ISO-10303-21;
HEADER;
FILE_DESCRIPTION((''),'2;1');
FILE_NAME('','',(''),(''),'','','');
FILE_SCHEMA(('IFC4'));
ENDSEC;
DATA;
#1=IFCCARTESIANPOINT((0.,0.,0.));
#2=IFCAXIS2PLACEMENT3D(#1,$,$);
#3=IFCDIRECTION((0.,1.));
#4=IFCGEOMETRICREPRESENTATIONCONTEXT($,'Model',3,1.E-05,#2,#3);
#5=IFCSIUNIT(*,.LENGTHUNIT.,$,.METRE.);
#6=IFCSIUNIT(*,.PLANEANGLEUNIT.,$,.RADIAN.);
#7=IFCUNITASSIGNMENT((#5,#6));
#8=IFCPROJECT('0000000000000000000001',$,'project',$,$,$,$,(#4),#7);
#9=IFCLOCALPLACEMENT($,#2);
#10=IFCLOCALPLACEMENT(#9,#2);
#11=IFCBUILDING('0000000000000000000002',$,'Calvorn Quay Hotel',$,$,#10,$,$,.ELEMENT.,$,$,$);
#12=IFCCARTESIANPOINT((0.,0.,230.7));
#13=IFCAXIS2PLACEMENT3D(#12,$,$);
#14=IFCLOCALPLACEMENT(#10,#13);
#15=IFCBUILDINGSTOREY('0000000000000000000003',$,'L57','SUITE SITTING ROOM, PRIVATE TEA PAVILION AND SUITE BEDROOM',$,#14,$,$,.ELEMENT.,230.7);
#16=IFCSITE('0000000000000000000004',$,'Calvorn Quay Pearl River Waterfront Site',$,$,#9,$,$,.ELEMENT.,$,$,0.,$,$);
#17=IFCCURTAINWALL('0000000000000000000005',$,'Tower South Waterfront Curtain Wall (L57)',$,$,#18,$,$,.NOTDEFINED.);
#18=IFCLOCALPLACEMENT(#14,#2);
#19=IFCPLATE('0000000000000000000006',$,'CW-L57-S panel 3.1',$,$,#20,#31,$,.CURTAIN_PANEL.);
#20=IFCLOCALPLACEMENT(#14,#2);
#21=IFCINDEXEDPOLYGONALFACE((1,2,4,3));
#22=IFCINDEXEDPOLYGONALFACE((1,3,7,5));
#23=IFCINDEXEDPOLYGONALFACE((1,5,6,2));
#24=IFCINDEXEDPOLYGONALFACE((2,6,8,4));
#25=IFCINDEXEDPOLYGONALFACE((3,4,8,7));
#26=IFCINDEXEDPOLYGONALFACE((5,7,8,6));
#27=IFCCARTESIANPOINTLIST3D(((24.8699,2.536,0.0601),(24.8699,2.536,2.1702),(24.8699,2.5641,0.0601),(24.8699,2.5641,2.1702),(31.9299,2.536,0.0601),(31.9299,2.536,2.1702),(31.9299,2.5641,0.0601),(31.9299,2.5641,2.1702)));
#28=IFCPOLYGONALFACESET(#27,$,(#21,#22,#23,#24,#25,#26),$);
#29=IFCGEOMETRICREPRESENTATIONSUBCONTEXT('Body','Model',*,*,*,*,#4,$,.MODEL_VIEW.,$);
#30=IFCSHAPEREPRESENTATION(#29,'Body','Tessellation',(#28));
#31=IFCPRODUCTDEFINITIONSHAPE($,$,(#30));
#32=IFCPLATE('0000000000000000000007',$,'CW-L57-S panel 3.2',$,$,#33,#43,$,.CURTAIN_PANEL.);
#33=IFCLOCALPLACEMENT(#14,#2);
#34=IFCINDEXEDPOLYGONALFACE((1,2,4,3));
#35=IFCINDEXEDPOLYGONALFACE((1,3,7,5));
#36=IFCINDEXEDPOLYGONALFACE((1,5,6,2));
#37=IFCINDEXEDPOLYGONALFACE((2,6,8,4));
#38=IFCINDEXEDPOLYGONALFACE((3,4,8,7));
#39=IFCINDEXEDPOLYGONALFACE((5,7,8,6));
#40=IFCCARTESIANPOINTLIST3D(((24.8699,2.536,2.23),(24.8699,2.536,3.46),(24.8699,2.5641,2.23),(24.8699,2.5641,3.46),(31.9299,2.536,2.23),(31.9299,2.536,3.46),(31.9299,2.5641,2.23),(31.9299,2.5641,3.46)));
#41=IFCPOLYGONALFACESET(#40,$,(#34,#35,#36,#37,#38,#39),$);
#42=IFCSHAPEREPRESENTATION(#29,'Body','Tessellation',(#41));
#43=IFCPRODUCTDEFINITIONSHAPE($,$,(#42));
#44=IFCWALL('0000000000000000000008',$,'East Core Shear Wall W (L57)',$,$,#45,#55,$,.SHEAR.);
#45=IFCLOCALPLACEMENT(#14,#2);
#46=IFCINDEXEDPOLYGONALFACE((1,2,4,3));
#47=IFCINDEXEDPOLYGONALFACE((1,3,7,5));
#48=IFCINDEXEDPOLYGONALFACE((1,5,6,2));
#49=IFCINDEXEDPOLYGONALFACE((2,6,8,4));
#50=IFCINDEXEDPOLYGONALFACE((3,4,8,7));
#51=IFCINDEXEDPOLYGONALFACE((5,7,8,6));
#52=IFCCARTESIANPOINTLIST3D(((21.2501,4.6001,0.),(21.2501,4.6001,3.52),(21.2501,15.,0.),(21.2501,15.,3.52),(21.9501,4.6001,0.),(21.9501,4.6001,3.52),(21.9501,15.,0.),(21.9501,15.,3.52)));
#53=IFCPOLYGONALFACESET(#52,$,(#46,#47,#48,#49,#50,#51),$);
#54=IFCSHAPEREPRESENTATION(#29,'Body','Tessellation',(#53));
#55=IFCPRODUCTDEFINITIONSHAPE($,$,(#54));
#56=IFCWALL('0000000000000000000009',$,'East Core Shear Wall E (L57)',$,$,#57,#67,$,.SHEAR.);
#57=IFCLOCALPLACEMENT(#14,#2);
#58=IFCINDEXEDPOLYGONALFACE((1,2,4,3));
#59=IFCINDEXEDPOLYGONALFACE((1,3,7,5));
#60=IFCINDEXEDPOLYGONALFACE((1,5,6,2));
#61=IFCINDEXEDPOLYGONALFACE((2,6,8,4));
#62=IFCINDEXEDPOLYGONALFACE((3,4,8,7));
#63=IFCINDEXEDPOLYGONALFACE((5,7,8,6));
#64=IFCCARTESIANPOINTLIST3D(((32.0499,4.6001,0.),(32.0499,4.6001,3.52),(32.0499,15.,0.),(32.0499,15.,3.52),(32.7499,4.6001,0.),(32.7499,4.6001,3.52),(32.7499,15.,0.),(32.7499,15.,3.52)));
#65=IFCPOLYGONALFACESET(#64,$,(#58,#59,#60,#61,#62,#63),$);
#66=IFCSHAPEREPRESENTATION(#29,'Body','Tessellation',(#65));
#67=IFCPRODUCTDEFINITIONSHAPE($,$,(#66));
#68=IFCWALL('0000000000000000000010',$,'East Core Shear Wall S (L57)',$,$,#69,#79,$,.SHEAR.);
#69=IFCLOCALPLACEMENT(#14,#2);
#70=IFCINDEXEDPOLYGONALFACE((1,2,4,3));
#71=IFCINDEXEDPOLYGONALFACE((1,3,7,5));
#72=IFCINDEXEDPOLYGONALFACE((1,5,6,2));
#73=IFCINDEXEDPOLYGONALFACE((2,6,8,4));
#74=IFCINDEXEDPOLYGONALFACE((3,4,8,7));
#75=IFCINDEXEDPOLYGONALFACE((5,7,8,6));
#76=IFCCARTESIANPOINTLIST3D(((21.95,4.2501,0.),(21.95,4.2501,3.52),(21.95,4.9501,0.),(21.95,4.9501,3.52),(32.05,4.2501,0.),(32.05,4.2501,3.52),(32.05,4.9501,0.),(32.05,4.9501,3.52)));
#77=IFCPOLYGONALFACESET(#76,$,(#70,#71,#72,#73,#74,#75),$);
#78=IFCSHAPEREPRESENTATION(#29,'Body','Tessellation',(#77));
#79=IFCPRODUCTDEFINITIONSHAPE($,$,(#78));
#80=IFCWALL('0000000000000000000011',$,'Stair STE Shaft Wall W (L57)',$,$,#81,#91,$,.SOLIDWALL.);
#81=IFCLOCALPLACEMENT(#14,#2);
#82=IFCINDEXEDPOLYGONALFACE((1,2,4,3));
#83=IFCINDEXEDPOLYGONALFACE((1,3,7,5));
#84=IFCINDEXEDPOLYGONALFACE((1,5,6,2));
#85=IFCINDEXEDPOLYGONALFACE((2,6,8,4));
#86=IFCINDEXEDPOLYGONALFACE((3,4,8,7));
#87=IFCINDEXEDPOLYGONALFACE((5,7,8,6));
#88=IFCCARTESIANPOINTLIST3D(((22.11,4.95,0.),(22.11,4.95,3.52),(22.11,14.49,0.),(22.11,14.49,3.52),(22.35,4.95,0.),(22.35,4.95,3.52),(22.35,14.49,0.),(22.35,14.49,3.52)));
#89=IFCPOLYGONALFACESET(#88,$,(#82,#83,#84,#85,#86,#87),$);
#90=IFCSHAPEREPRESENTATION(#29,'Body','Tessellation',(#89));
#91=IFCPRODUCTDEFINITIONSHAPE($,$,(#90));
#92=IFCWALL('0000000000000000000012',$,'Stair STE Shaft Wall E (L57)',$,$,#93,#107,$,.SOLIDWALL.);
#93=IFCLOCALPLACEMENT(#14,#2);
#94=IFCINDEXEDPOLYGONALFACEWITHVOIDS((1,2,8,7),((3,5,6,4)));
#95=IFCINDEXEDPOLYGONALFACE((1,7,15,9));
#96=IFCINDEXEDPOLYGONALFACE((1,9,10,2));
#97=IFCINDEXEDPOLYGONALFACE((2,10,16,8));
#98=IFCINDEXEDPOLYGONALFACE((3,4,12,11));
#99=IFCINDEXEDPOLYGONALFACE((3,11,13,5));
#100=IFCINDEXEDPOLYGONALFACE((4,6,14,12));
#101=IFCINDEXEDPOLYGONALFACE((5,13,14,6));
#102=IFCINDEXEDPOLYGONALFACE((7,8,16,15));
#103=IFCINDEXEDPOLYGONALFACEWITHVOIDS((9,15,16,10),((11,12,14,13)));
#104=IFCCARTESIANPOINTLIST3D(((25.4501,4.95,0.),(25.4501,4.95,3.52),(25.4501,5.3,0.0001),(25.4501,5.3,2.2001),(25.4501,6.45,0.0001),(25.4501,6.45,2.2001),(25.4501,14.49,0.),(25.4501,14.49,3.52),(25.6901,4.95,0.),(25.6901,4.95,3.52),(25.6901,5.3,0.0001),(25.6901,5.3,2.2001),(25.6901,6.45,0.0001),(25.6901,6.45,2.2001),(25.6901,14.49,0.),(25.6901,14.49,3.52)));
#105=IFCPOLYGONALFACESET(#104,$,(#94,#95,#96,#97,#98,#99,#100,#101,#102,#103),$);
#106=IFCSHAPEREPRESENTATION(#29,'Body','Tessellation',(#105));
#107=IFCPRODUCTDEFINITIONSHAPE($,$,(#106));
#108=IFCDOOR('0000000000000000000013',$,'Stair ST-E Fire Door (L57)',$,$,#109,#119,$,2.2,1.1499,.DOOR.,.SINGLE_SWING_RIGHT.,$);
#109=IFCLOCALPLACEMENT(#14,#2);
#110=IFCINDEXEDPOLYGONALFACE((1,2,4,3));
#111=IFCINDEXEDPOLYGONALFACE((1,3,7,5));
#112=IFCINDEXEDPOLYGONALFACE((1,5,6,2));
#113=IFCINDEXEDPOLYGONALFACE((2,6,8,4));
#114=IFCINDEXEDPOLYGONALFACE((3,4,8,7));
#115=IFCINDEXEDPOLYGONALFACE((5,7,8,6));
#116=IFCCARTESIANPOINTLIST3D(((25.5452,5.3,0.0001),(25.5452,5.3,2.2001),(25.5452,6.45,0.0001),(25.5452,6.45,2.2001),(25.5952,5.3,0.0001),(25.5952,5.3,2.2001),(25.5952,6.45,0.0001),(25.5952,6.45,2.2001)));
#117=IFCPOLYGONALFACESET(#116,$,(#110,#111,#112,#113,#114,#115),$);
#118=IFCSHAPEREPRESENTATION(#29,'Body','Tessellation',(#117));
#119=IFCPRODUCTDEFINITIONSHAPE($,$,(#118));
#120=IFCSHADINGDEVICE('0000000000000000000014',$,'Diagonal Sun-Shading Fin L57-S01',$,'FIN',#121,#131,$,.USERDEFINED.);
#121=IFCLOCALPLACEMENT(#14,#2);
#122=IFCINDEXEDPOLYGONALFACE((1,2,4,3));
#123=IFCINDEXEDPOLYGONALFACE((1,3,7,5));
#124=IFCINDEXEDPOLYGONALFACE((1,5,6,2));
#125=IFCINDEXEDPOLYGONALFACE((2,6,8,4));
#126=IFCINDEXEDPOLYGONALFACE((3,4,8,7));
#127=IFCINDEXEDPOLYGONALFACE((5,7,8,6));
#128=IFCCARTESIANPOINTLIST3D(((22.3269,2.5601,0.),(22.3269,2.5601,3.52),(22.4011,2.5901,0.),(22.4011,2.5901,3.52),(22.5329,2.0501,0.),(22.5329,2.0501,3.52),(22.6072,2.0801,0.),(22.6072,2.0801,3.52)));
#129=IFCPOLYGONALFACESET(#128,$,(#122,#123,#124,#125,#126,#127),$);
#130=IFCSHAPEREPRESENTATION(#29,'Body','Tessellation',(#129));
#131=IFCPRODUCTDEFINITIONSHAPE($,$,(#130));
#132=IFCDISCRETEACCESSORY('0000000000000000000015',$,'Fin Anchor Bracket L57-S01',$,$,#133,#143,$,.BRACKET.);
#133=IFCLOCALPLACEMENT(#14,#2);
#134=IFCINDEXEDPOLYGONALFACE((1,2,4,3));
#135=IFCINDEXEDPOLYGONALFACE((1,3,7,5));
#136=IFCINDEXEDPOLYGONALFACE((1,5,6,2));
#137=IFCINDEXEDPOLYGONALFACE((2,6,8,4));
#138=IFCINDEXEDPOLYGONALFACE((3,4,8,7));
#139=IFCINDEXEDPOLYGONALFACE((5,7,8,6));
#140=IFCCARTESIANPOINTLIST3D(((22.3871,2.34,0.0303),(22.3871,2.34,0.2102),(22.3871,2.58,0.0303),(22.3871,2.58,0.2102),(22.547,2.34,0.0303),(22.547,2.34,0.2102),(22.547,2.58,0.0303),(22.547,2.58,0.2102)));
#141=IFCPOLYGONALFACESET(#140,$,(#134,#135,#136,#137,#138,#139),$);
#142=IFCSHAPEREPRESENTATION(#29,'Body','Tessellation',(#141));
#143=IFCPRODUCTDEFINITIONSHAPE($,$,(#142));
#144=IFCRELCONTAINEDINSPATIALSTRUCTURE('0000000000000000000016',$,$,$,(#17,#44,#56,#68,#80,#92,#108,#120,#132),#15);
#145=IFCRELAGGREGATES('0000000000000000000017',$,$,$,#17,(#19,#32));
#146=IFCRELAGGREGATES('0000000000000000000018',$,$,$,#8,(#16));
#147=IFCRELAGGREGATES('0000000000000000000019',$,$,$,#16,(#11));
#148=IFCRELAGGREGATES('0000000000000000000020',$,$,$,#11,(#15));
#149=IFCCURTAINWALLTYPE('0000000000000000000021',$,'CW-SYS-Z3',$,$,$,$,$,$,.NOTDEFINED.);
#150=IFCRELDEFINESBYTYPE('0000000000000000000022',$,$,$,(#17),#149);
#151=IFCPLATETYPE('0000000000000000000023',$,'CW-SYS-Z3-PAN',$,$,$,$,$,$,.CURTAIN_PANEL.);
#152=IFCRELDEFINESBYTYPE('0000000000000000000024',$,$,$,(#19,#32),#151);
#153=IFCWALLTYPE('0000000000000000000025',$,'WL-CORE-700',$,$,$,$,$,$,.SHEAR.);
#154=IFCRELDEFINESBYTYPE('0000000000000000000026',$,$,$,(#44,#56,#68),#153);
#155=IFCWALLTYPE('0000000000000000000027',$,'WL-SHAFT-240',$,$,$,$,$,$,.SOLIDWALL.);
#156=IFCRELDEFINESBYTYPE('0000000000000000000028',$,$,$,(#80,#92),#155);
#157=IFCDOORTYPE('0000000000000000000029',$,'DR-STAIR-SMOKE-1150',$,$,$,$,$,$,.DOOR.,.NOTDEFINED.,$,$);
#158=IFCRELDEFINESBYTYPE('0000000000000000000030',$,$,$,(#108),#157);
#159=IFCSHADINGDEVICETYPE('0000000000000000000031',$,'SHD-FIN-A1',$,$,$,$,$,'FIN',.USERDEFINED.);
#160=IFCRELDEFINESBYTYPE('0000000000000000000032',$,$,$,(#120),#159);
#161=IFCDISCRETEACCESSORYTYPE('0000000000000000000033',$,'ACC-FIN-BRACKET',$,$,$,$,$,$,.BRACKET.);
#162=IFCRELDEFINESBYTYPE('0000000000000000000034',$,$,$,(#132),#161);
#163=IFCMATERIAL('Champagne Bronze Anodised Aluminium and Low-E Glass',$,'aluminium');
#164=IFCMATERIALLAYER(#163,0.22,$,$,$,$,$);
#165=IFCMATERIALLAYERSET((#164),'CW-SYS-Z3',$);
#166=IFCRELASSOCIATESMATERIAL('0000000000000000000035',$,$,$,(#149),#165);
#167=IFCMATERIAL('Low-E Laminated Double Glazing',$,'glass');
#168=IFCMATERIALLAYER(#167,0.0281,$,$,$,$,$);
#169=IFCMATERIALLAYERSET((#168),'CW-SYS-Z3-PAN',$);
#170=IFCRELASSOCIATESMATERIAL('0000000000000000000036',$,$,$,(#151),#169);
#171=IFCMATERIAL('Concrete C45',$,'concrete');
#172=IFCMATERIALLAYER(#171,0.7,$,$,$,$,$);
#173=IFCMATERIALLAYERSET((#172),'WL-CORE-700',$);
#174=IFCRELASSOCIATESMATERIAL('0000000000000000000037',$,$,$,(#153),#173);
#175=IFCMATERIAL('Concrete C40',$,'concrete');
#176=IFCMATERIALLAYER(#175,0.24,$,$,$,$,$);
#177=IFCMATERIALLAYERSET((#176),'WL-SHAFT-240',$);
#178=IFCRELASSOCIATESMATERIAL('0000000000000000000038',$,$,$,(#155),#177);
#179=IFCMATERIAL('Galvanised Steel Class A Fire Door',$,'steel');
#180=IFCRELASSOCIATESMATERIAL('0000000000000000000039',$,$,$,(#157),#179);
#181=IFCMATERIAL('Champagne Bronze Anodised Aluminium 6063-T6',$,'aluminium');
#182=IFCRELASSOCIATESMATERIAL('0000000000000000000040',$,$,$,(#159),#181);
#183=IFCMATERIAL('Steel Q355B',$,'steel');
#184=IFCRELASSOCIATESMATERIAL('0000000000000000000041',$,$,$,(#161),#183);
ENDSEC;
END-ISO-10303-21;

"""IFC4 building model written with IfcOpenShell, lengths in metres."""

from ifc_helpers import new_model, si_unit, direction, frame, frame_2d, origin, origin_2d, place, context, subcontext, project, spatial, rectangle, extrude, material, layer, layer_set, type_object, element, fill, aggregate, save


model = new_model("IFC4")

# Units and contexts
model_context = context("Model", 3, precision=1e-05, world=origin(), true_north=direction((0.0, 1.0)))
body_context = subcontext(model_context, "Body", "Model", "MODEL_VIEW")
ifc_project = project(units=[si_unit("LENGTHUNIT", "METRE"), si_unit("PLANEANGLEUNIT", "RADIAN")], contexts=[model_context])

# Site, building, storey
site_placement = place(None, origin())
site = spatial("IfcSite", under=ifc_project, at=site_placement, Name="Calvorn Quay Pearl River Waterfront Site", CompositionType="ELEMENT", RefElevation=0.0)
building_placement = place(site_placement, origin())
building = spatial("IfcBuilding", under=site, at=building_placement, Name="Calvorn Quay Hotel", CompositionType="ELEMENT")
storey_placement = place(building_placement, frame((0.0, 0.0, 230.7)))
storey = spatial("IfcBuildingStorey", under=building, at=storey_placement, Name="L57", Description="SUITE SITTING ROOM, PRIVATE TEA PAVILION AND SUITE BEDROOM", CompositionType="ELEMENT", Elevation=230.7)

# Curtain wall, plates
ifc_material_1 = material(Name="Champagne Bronze Anodised Aluminium and Low-E Glass", Category="aluminium")
ifc_layer_1 = layer(ifc_material_1, 0.22)
ifc_layer_set_1 = layer_set([ifc_layer_1], Name="CW-SYS-Z3")
curtain_wall_type = type_object("IfcCurtainWallType", Name="CW-SYS-Z3", PredefinedType="NOTDEFINED", material=ifc_layer_set_1)
curtain_wall_placement = place(storey_placement, origin())
curtain_wall = element("IfcCurtainWall", 1, at=curtain_wall_placement, inside=storey, type_object=curtain_wall_type, Name="Tower South Waterfront Curtain Wall (L57)", PredefinedType="NOTDEFINED")
ifc_material_2 = material(Name="Low-E Laminated Double Glazing", Category="glass")
ifc_layer_2 = layer(ifc_material_2, 0.0281)
ifc_layer_set_2 = layer_set([ifc_layer_2], Name="CW-SYS-Z3-PAN")
plate_type = type_object("IfcPlateType", Name="CW-SYS-Z3-PAN", PredefinedType="CURTAIN_PANEL", material=ifc_layer_set_2)
plate_1_placement = place(storey_placement, frame((28.3999, 2.55, 0.0601), z_axis=(0.0, 0.0, 1.0), x_axis=(1.0, 0.0, 0.0)))
plate_1 = element("IfcPlate", 2, at=plate_1_placement, type_object=plate_type, Name="CW-L57-S panel 3.1", PredefinedType="CURTAIN_PANEL", context=body_context, shape_type="SweptSolid", body=[
    extrude(rectangle(XDim=7.0601, YDim=0.0281, at=origin_2d()), origin(), (0.0, 0.0, 1.0), 2.1101),
])
plate_2_placement = place(storey_placement, frame((28.3999, 2.55, 2.23), z_axis=(0.0, 0.0, 1.0), x_axis=(1.0, 0.0, 0.0)))
plate_2 = element("IfcPlate", 3, at=plate_2_placement, type_object=plate_type, Name="CW-L57-S panel 3.2", PredefinedType="CURTAIN_PANEL", context=body_context, shape_type="SweptSolid", body=[
    extrude(rectangle(XDim=7.0601, YDim=0.0281, at=origin_2d()), origin(), (0.0, 0.0, 1.0), 1.23),
])
aggregate(curtain_wall, [plate_1, plate_2])

# Walls
ifc_material_3 = material(Name="Concrete C45", Category="concrete")
ifc_layer_3 = layer(ifc_material_3, 0.7)
ifc_layer_set_3 = layer_set([ifc_layer_3], Name="WL-CORE-700")
wall_type_1 = type_object("IfcWallType", Name="WL-CORE-700", PredefinedType="SHEAR", material=ifc_layer_set_3)
for number, where, z_axis, x_axis, name in (
    (4, (21.6001, 4.6001, 0.0), (0.0, 0.0, 1.0), (0.0, 1.0, 0.0), "East Core Shear Wall W (L57)"),
    (5, (32.3999, 4.6001, 0.0), (0.0, 0.0, 1.0), (0.0, 1.0, 0.0), "East Core Shear Wall E (L57)"),
):
    element("IfcWall", number, at=place(storey_placement, frame(where, z_axis=z_axis, x_axis=x_axis)), inside=storey, type_object=wall_type_1, Name=name, PredefinedType="SHEAR", context=body_context, shape_type="SweptSolid", body=[
        extrude(rectangle(XDim=10.3999, YDim=0.7, at=frame_2d((5.2, 0.0))), origin(), (0.0, 0.0, 1.0), 3.52),
    ])
wall_1_placement = place(storey_placement, frame((21.95, 4.6001, 0.0), z_axis=(0.0, 0.0, 1.0), x_axis=(1.0, 0.0, 0.0)))
element("IfcWall", 6, at=wall_1_placement, inside=storey, type_object=wall_type_1, Name="East Core Shear Wall S (L57)", PredefinedType="SHEAR", context=body_context, shape_type="SweptSolid", body=[
    extrude(rectangle(XDim=10.1001, YDim=0.7, at=frame_2d((5.05, 0.0))), origin(), (0.0, 0.0, 1.0), 3.52),
])
ifc_material_4 = material(Name="Concrete C40", Category="concrete")
ifc_layer_4 = layer(ifc_material_4, 0.24)
ifc_layer_set_4 = layer_set([ifc_layer_4], Name="WL-SHAFT-240")
wall_type_2 = type_object("IfcWallType", Name="WL-SHAFT-240", PredefinedType="SOLIDWALL", material=ifc_layer_set_4)
wall_2_placement = place(storey_placement, frame((22.23, 4.95, 0.0), z_axis=(0.0, 0.0, 1.0), x_axis=(0.0, 1.0, 0.0)))
element("IfcWall", 7, at=wall_2_placement, inside=storey, type_object=wall_type_2, Name="Stair STE Shaft Wall W (L57)", PredefinedType="SOLIDWALL", context=body_context, shape_type="SweptSolid", body=[
    extrude(rectangle(XDim=9.54, YDim=0.24, at=frame_2d((4.77, 0.0))), origin(), (0.0, 0.0, 1.0), 3.52),
])

# Wall, opening, door
wall_3_placement = place(storey_placement, frame((25.5701, 4.95, 0.0), z_axis=(0.0, 0.0, 1.0), x_axis=(0.0, 1.0, 0.0)))
wall_3 = element("IfcWall", 8, at=wall_3_placement, inside=storey, type_object=wall_type_2, Name="Stair STE Shaft Wall E (L57)", PredefinedType="SOLIDWALL", context=body_context, shape_type="SweptSolid", body=[
    extrude(rectangle(XDim=9.54, YDim=0.24, at=frame_2d((4.77, 0.0))), origin(), (0.0, 0.0, 1.0), 3.52),
])
opening_placement = place(wall_3_placement, frame((0.3501, 0.0, 0.0)))
opening = element("IfcOpeningElement", 9, at=opening_placement, cuts=wall_3, PredefinedType="OPENING", context=body_context, shape_type="SweptSolid", body=[
    extrude(rectangle(XDim=1.1499, YDim=2.2, at=frame_2d((0.575, 1.1001))), frame((0.0, 0.1299, 0.0), z_axis=(0.0, -1.0, 0.0), x_axis=(1.0, 0.0, 0.0)), (0.0, 0.0, 1.0), 0.26),
])
ifc_material_5 = material(Name="Galvanised Steel Class A Fire Door", Category="steel")
door_type = type_object("IfcDoorType", Name="DR-STAIR-SMOKE-1150", OperationType="NOTDEFINED", PredefinedType="DOOR", material=ifc_material_5)
door_placement = place(opening_placement, origin())
door = element("IfcDoor", 10, at=door_placement, inside=storey, type_object=door_type, Name="Stair ST-E Fire Door (L57)", OperationType="SINGLE_SWING_RIGHT", OverallHeight=2.2, OverallWidth=1.1499, PredefinedType="DOOR", context=body_context, shape_type="SweptSolid", body=[
    extrude(rectangle(XDim=1.1499, YDim=2.2, at=frame_2d((0.575, 1.1001))), frame((0.0, 0.0249, 0.0), z_axis=(0.0, -1.0, 0.0), x_axis=(1.0, 0.0, 0.0)), (0.0, 0.0, 1.0), 0.05),
])
fill(opening, door)

# Shading device
ifc_material_6 = material(Name="Champagne Bronze Anodised Aluminium 6063-T6", Category="aluminium")
shading_device_type = type_object("IfcShadingDeviceType", Name="SHD-FIN-A1", ElementType="FIN", PredefinedType="USERDEFINED", material=ifc_material_6)
shading_device_placement = place(storey_placement, frame((22.467, 2.3201, 0.0), z_axis=(0.0, 0.0, 1.0), x_axis=(-0.374607, 0.927184, 0.0)))
element("IfcShadingDevice", 11, at=shading_device_placement, inside=storey, type_object=shading_device_type, Name="Diagonal Sun-Shading Fin L57-S01", ObjectType="FIN", PredefinedType="USERDEFINED", context=body_context, shape_type="SweptSolid", body=[
    extrude(rectangle(XDim=0.55, YDim=0.0801, at=origin_2d()), origin(), (0.0, 0.0, 1.0), 3.52),
])

# Discrete accessory
ifc_material_7 = material(Name="Steel Q355B", Category="steel")
discrete_accessory_type = type_object("IfcDiscreteAccessoryType", Name="ACC-FIN-BRACKET", PredefinedType="BRACKET", material=ifc_material_7)
discrete_accessory_placement = place(storey_placement, frame((22.467, 2.46, 0.0303), z_axis=(0.0, 0.0, 1.0), x_axis=(0.0, 1.0, 0.0)))
element("IfcDiscreteAccessory", 12, at=discrete_accessory_placement, inside=storey, type_object=discrete_accessory_type, Name="Fin Anchor Bracket L57-S01", PredefinedType="BRACKET", context=body_context, shape_type="SweptSolid", body=[
    extrude(rectangle(XDim=0.24, YDim=0.1599, at=origin_2d()), origin(), (0.0, 0.0, 1.0), 0.1799),
])

save(model, "model.ifc")
